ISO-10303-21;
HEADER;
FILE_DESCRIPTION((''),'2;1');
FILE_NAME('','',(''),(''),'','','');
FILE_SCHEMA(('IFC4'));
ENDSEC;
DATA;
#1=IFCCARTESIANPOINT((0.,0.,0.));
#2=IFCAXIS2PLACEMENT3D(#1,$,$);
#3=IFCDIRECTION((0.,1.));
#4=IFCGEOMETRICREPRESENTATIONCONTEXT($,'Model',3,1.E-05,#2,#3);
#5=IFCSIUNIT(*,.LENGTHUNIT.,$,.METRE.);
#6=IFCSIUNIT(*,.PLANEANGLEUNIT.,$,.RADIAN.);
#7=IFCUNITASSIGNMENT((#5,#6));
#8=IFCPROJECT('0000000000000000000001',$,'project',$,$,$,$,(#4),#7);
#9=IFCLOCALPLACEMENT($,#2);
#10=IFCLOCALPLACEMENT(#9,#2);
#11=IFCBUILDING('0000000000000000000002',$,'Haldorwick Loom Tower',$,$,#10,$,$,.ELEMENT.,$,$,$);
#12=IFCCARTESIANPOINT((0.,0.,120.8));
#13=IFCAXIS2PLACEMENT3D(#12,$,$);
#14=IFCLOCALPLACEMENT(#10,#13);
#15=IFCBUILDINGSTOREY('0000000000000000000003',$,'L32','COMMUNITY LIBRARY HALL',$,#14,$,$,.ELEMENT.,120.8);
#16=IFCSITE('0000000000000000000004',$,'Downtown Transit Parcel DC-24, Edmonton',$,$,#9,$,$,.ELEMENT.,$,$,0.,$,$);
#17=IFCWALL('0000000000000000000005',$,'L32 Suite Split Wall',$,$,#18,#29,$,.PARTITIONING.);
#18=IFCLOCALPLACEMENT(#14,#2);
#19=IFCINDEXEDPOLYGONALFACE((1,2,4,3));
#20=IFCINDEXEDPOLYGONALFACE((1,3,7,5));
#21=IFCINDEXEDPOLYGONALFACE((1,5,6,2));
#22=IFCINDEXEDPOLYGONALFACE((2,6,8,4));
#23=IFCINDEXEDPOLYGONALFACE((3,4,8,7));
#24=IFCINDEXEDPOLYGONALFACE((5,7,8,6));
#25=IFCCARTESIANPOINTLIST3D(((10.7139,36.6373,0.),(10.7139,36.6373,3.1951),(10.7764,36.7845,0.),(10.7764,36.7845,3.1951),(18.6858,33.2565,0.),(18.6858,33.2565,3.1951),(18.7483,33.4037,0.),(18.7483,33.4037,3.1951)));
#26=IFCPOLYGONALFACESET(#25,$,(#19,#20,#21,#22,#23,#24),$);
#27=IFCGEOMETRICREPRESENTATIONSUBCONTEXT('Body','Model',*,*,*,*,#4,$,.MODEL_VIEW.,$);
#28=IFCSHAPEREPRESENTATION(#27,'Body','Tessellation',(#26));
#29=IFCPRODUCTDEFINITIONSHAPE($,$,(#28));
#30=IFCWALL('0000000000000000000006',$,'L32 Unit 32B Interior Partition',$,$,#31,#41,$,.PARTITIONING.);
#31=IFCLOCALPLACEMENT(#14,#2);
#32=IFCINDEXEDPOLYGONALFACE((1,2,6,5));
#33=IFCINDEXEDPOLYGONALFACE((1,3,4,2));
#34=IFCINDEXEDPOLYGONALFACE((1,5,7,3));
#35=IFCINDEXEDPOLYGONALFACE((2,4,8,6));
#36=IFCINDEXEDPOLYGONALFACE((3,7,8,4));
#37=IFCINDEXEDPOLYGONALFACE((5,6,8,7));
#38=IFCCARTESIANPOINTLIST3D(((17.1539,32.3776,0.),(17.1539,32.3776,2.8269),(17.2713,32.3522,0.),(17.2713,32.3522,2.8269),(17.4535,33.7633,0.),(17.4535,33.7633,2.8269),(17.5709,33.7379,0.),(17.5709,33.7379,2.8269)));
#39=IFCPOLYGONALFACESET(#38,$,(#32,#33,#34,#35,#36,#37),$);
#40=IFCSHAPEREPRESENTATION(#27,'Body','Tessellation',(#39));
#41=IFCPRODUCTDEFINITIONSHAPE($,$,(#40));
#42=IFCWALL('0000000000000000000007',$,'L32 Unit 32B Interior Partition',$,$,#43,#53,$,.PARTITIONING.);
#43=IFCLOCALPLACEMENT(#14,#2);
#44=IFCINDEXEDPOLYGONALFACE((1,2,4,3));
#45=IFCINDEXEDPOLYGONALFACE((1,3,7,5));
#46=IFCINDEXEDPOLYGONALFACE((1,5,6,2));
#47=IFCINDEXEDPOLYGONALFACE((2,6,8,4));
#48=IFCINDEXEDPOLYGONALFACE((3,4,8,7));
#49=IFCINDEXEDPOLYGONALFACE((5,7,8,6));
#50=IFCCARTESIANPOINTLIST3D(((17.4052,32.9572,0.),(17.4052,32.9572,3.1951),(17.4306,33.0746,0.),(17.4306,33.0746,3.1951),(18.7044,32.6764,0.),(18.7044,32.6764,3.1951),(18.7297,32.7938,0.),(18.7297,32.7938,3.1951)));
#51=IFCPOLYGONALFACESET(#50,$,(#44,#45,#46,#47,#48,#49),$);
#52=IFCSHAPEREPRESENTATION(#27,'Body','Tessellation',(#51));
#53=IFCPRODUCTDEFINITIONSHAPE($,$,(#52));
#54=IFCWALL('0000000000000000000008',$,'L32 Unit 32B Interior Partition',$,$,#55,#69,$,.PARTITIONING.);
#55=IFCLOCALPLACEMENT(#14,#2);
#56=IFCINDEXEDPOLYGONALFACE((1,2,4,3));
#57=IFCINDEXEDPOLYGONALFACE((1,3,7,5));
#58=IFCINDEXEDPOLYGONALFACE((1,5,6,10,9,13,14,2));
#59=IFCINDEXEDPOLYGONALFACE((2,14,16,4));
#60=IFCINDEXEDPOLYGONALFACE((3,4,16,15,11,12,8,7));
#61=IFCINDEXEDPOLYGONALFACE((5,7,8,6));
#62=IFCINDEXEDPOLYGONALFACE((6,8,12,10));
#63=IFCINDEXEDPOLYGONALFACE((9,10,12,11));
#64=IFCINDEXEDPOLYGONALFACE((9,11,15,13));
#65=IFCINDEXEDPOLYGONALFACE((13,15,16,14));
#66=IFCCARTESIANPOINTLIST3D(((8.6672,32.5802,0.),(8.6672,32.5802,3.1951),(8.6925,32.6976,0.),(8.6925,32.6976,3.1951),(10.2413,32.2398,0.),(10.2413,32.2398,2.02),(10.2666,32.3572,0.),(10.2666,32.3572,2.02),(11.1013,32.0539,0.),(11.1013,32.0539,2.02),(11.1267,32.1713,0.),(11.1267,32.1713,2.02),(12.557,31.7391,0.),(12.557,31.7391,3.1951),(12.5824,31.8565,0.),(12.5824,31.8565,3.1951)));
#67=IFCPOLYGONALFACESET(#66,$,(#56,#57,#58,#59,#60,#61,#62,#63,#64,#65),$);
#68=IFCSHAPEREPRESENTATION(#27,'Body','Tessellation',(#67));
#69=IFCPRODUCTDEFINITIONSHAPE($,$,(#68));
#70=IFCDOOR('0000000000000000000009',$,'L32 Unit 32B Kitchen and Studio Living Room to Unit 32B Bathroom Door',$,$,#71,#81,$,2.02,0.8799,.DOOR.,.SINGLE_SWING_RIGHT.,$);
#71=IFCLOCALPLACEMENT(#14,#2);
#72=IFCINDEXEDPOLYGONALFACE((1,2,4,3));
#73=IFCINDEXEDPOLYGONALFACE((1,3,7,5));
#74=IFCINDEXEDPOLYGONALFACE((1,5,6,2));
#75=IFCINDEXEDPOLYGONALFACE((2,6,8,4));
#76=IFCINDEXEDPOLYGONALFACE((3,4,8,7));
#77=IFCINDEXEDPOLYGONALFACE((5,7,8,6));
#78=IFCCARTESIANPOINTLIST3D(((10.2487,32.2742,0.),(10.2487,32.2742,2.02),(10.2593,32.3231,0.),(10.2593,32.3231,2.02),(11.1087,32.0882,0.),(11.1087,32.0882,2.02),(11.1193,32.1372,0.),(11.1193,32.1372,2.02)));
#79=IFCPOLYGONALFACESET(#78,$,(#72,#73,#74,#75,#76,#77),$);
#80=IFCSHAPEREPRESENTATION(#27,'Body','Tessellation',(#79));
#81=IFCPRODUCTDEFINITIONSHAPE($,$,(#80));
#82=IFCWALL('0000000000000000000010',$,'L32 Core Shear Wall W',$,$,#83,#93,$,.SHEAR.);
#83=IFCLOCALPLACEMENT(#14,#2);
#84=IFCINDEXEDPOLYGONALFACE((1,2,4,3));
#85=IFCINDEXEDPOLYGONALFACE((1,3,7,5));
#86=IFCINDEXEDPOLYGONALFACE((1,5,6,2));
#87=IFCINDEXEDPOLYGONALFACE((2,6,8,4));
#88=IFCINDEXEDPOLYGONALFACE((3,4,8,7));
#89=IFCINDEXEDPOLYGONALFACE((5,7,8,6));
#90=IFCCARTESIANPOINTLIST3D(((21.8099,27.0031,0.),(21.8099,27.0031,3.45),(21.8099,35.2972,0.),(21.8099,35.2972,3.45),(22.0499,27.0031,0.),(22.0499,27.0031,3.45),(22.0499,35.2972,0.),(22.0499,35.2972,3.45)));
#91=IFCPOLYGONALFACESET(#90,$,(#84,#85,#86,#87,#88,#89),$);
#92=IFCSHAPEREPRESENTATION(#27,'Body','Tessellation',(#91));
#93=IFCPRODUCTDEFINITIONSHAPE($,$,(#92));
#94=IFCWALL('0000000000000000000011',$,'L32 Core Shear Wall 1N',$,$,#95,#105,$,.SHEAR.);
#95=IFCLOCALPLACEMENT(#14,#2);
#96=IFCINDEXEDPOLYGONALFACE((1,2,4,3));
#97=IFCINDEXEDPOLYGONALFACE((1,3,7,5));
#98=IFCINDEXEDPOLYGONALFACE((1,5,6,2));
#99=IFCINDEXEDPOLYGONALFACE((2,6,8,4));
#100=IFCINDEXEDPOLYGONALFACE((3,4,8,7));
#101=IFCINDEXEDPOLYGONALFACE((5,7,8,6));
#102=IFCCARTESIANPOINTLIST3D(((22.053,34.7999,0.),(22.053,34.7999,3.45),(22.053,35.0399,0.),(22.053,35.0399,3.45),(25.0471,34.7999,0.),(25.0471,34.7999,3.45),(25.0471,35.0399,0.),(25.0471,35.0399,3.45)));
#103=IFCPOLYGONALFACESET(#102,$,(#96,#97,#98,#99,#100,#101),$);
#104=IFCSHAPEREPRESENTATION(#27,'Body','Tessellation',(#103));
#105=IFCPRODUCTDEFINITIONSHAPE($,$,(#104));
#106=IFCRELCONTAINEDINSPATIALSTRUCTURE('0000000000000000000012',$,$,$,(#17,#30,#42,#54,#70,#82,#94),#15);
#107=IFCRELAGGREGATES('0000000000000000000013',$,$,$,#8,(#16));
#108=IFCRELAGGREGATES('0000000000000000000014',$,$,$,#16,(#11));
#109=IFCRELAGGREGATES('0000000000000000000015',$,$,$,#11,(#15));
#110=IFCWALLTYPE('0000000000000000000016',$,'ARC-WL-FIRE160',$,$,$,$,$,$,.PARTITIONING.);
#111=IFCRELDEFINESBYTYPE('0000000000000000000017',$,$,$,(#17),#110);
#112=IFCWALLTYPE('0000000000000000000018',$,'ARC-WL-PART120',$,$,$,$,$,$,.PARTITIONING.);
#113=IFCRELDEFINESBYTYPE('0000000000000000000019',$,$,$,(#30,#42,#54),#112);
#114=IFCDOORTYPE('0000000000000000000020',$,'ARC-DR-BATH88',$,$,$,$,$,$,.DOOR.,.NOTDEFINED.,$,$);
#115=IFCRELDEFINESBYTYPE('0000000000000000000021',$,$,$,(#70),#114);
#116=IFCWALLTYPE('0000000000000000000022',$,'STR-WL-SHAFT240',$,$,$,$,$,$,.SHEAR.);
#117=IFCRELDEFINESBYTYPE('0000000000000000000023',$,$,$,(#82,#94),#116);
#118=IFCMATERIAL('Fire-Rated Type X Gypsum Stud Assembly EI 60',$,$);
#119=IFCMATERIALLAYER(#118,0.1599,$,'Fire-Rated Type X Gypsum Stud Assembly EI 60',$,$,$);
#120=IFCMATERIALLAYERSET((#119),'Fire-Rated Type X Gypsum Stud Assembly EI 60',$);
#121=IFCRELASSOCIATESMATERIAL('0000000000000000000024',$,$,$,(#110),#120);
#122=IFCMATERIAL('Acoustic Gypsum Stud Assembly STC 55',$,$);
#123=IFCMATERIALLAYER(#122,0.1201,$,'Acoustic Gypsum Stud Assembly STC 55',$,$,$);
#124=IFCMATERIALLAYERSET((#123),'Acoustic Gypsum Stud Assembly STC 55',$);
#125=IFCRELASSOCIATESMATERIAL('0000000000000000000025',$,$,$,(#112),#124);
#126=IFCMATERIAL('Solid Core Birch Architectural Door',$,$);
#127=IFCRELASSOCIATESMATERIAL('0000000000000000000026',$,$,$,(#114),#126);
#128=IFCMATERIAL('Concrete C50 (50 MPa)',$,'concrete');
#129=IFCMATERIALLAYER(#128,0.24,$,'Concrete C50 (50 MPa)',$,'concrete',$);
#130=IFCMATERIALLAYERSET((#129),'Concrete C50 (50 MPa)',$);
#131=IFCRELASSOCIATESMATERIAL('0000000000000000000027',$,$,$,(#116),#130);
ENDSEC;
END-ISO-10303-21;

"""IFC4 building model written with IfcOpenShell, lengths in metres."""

from ifc_helpers import new_model, si_unit, direction, frame, frame_2d, origin, place, context, subcontext, project, spatial, rectangle, extrude, material, layer, layer_set, type_object, element, fill, save


model = new_model("IFC4")

# Units and contexts
model_context = context("Model", 3, precision=1e-05, world=origin(), true_north=direction((0.0, 1.0)))
body_context = subcontext(model_context, "Body", "Model", "MODEL_VIEW")
ifc_project = project(units=[si_unit("LENGTHUNIT", "METRE"), si_unit("PLANEANGLEUNIT", "RADIAN")], contexts=[model_context])

# Site, building, storey
site_placement = place(None, origin())
site = spatial("IfcSite", under=ifc_project, at=site_placement, Name="Downtown Transit Parcel DC-24, Edmonton", CompositionType="ELEMENT", RefElevation=0.0)
building_placement = place(site_placement, origin())
building = spatial("IfcBuilding", under=site, at=building_placement, Name="Haldorwick Loom Tower", CompositionType="ELEMENT")
storey_placement = place(building_placement, frame((0.0, 0.0, 120.8)))
storey = spatial("IfcBuildingStorey", under=building, at=storey_placement, Name="L32", Description="COMMUNITY LIBRARY HALL", CompositionType="ELEMENT", Elevation=120.8)

# Shared definitions
ifc_material_1 = material(Name="Fire-Rated Type X Gypsum Stud Assembly EI 60")
ifc_layer_1 = layer(ifc_material_1, 0.1599, Name="Fire-Rated Type X Gypsum Stud Assembly EI 60")
ifc_layer_set_1 = layer_set([ifc_layer_1], Name="Fire-Rated Type X Gypsum Stud Assembly EI 60")
wall_type_1 = type_object("IfcWallType", Name="ARC-WL-FIRE160", PredefinedType="PARTITIONING", material=ifc_layer_set_1)

# Walls
wall_1_placement = place(storey_placement, frame((18.717, 33.3301, 0.0), z_axis=(0.0, 0.0, 1.0), x_axis=(-0.92063, 0.390435, 0.0)))
element("IfcWall", 1, at=wall_1_placement, inside=storey, type_object=wall_type_1, Name="L32 Suite Split Wall", PredefinedType="PARTITIONING", context=body_context, shape_type="SweptSolid", body=[
    extrude(rectangle(XDim=8.6592, YDim=0.1599, at=frame_2d((4.3296, 0.0))), origin(), (0.0, 0.0, 1.0), 3.1951),
])
ifc_material_2 = material(Name="Acoustic Gypsum Stud Assembly STC 55")
ifc_layer_2 = layer(ifc_material_2, 0.1201, Name="Acoustic Gypsum Stud Assembly STC 55")
ifc_layer_set_2 = layer_set([ifc_layer_2], Name="Acoustic Gypsum Stud Assembly STC 55")
wall_type_2 = type_object("IfcWallType", Name="ARC-WL-PART120", PredefinedType="PARTITIONING", material=ifc_layer_set_2)
wall_2_placement = place(storey_placement, frame((17.5122, 33.7507, 0.0), z_axis=(0.0, 0.0, 1.0), x_axis=(-0.211293, -0.977423, 0.0)))
element("IfcWall", 2, at=wall_2_placement, inside=storey, type_object=wall_type_2, Name="L32 Unit 32B Interior Partition", PredefinedType="PARTITIONING", context=body_context, shape_type="SweptSolid", body=[
    extrude(rectangle(XDim=1.4177, YDim=0.1201, at=frame_2d((0.709, 0.0))), origin(), (0.0, 0.0, 1.0), 2.8269),
])
wall_3_placement = place(storey_placement, frame((18.717, 32.7351, 0.0), z_axis=(0.0, 0.0, 1.0), x_axis=(-0.977433, 0.211247, 0.0)))
element("IfcWall", 3, at=wall_3_placement, inside=storey, type_object=wall_type_2, Name="L32 Unit 32B Interior Partition", PredefinedType="PARTITIONING", context=body_context, shape_type="SweptSolid", body=[
    extrude(rectangle(XDim=1.3291, YDim=0.1201, at=frame_2d((0.6646, 0.0))), origin(), (0.0, 0.0, 1.0), 3.1951),
])

# Wall, opening, door
wall_4_placement = place(storey_placement, frame((12.5696, 31.7979, 0.0), z_axis=(0.0, 0.0, 1.0), x_axis=(-0.977414, 0.211334, 0.0)))
wall_4 = element("IfcWall", 4, at=wall_4_placement, inside=storey, type_object=wall_type_2, Name="L32 Unit 32B Interior Partition", PredefinedType="PARTITIONING", context=body_context, shape_type="SweptSolid", body=[
    extrude(rectangle(XDim=3.9797, YDim=0.1201, at=frame_2d((1.9897, 0.0))), origin(), (0.0, 0.0, 1.0), 3.1951),
])
opening_1_placement = place(wall_4_placement, frame((1.4893, 0.0, 0.0)))
opening_1 = element("IfcOpeningElement", 5, at=opening_1_placement, cuts=wall_4, PredefinedType="OPENING", context=body_context, shape_type="SweptSolid", body=[
    extrude(rectangle(XDim=0.8799, YDim=2.02, at=frame_2d((0.4399, 1.01))), frame((0.0, 0.0701, 0.0), z_axis=(0.0, -1.0, 0.0), x_axis=(1.0, 0.0, 0.0)), (0.0, 0.0, 1.0), 0.1401),
])
ifc_material_3 = material(Name="Solid Core Birch Architectural Door")
door_type_1 = type_object("IfcDoorType", Name="ARC-DR-BATH88", OperationType="NOTDEFINED", PredefinedType="DOOR", material=ifc_material_3)
door_1_placement = place(opening_1_placement, origin())
door_1 = element("IfcDoor", 6, at=door_1_placement, inside=storey, type_object=door_type_1, Name="L32 Unit 32B Kitchen and Studio Living Room to Unit 32B Bathroom Door", OperationType="SINGLE_SWING_RIGHT", OverallHeight=2.02, OverallWidth=0.8799, PredefinedType="DOOR", context=body_context, shape_type="SweptSolid", body=[
    extrude(rectangle(XDim=0.8799, YDim=2.02, at=frame_2d((0.4399, 1.01))), frame((0.0, 0.0249, 0.0), z_axis=(0.0, -1.0, 0.0), x_axis=(1.0, 0.0, 0.0)), (0.0, 0.0, 1.0), 0.05),
])
fill(opening_1, door_1)

# Walls
ifc_material_4 = material(Name="Concrete C50 (50 MPa)", Category="concrete")
ifc_layer_3 = layer(ifc_material_4, 0.24, Name="Concrete C50 (50 MPa)", Category="concrete")
ifc_layer_set_3 = layer_set([ifc_layer_3], Name="Concrete C50 (50 MPa)")
wall_type_3 = type_object("IfcWallType", Name="STR-WL-SHAFT240", PredefinedType="SHEAR", material=ifc_layer_set_3)
wall_5_placement = place(storey_placement, frame((21.9299, 35.2971, 0.0), z_axis=(0.0, 0.0, 1.0), x_axis=(0.0, -1.0, 0.0)))
element("IfcWall", 7, at=wall_5_placement, inside=storey, type_object=wall_type_3, Name="L32 Core Shear Wall W", PredefinedType="SHEAR", context=body_context, shape_type="SweptSolid", body=[
    extrude(rectangle(XDim=8.2942, YDim=0.24, at=frame_2d((4.147, 0.0))), origin(), (0.0, 0.0, 1.0), 3.45),
])
wall_6_placement = place(storey_placement, frame((22.053, 34.9199, 0.0), z_axis=(0.0, 0.0, 1.0), x_axis=(1.0, 0.0, 0.0)))
element("IfcWall", 8, at=wall_6_placement, inside=storey, type_object=wall_type_3, Name="L32 Core Shear Wall 1N", PredefinedType="SHEAR", context=body_context, shape_type="SweptSolid", body=[
    extrude(rectangle(XDim=2.9941, YDim=0.24, at=frame_2d((1.4971, 0.0))), origin(), (0.0, 0.0, 1.0), 3.45),
])

save(model, "model.ifc")
